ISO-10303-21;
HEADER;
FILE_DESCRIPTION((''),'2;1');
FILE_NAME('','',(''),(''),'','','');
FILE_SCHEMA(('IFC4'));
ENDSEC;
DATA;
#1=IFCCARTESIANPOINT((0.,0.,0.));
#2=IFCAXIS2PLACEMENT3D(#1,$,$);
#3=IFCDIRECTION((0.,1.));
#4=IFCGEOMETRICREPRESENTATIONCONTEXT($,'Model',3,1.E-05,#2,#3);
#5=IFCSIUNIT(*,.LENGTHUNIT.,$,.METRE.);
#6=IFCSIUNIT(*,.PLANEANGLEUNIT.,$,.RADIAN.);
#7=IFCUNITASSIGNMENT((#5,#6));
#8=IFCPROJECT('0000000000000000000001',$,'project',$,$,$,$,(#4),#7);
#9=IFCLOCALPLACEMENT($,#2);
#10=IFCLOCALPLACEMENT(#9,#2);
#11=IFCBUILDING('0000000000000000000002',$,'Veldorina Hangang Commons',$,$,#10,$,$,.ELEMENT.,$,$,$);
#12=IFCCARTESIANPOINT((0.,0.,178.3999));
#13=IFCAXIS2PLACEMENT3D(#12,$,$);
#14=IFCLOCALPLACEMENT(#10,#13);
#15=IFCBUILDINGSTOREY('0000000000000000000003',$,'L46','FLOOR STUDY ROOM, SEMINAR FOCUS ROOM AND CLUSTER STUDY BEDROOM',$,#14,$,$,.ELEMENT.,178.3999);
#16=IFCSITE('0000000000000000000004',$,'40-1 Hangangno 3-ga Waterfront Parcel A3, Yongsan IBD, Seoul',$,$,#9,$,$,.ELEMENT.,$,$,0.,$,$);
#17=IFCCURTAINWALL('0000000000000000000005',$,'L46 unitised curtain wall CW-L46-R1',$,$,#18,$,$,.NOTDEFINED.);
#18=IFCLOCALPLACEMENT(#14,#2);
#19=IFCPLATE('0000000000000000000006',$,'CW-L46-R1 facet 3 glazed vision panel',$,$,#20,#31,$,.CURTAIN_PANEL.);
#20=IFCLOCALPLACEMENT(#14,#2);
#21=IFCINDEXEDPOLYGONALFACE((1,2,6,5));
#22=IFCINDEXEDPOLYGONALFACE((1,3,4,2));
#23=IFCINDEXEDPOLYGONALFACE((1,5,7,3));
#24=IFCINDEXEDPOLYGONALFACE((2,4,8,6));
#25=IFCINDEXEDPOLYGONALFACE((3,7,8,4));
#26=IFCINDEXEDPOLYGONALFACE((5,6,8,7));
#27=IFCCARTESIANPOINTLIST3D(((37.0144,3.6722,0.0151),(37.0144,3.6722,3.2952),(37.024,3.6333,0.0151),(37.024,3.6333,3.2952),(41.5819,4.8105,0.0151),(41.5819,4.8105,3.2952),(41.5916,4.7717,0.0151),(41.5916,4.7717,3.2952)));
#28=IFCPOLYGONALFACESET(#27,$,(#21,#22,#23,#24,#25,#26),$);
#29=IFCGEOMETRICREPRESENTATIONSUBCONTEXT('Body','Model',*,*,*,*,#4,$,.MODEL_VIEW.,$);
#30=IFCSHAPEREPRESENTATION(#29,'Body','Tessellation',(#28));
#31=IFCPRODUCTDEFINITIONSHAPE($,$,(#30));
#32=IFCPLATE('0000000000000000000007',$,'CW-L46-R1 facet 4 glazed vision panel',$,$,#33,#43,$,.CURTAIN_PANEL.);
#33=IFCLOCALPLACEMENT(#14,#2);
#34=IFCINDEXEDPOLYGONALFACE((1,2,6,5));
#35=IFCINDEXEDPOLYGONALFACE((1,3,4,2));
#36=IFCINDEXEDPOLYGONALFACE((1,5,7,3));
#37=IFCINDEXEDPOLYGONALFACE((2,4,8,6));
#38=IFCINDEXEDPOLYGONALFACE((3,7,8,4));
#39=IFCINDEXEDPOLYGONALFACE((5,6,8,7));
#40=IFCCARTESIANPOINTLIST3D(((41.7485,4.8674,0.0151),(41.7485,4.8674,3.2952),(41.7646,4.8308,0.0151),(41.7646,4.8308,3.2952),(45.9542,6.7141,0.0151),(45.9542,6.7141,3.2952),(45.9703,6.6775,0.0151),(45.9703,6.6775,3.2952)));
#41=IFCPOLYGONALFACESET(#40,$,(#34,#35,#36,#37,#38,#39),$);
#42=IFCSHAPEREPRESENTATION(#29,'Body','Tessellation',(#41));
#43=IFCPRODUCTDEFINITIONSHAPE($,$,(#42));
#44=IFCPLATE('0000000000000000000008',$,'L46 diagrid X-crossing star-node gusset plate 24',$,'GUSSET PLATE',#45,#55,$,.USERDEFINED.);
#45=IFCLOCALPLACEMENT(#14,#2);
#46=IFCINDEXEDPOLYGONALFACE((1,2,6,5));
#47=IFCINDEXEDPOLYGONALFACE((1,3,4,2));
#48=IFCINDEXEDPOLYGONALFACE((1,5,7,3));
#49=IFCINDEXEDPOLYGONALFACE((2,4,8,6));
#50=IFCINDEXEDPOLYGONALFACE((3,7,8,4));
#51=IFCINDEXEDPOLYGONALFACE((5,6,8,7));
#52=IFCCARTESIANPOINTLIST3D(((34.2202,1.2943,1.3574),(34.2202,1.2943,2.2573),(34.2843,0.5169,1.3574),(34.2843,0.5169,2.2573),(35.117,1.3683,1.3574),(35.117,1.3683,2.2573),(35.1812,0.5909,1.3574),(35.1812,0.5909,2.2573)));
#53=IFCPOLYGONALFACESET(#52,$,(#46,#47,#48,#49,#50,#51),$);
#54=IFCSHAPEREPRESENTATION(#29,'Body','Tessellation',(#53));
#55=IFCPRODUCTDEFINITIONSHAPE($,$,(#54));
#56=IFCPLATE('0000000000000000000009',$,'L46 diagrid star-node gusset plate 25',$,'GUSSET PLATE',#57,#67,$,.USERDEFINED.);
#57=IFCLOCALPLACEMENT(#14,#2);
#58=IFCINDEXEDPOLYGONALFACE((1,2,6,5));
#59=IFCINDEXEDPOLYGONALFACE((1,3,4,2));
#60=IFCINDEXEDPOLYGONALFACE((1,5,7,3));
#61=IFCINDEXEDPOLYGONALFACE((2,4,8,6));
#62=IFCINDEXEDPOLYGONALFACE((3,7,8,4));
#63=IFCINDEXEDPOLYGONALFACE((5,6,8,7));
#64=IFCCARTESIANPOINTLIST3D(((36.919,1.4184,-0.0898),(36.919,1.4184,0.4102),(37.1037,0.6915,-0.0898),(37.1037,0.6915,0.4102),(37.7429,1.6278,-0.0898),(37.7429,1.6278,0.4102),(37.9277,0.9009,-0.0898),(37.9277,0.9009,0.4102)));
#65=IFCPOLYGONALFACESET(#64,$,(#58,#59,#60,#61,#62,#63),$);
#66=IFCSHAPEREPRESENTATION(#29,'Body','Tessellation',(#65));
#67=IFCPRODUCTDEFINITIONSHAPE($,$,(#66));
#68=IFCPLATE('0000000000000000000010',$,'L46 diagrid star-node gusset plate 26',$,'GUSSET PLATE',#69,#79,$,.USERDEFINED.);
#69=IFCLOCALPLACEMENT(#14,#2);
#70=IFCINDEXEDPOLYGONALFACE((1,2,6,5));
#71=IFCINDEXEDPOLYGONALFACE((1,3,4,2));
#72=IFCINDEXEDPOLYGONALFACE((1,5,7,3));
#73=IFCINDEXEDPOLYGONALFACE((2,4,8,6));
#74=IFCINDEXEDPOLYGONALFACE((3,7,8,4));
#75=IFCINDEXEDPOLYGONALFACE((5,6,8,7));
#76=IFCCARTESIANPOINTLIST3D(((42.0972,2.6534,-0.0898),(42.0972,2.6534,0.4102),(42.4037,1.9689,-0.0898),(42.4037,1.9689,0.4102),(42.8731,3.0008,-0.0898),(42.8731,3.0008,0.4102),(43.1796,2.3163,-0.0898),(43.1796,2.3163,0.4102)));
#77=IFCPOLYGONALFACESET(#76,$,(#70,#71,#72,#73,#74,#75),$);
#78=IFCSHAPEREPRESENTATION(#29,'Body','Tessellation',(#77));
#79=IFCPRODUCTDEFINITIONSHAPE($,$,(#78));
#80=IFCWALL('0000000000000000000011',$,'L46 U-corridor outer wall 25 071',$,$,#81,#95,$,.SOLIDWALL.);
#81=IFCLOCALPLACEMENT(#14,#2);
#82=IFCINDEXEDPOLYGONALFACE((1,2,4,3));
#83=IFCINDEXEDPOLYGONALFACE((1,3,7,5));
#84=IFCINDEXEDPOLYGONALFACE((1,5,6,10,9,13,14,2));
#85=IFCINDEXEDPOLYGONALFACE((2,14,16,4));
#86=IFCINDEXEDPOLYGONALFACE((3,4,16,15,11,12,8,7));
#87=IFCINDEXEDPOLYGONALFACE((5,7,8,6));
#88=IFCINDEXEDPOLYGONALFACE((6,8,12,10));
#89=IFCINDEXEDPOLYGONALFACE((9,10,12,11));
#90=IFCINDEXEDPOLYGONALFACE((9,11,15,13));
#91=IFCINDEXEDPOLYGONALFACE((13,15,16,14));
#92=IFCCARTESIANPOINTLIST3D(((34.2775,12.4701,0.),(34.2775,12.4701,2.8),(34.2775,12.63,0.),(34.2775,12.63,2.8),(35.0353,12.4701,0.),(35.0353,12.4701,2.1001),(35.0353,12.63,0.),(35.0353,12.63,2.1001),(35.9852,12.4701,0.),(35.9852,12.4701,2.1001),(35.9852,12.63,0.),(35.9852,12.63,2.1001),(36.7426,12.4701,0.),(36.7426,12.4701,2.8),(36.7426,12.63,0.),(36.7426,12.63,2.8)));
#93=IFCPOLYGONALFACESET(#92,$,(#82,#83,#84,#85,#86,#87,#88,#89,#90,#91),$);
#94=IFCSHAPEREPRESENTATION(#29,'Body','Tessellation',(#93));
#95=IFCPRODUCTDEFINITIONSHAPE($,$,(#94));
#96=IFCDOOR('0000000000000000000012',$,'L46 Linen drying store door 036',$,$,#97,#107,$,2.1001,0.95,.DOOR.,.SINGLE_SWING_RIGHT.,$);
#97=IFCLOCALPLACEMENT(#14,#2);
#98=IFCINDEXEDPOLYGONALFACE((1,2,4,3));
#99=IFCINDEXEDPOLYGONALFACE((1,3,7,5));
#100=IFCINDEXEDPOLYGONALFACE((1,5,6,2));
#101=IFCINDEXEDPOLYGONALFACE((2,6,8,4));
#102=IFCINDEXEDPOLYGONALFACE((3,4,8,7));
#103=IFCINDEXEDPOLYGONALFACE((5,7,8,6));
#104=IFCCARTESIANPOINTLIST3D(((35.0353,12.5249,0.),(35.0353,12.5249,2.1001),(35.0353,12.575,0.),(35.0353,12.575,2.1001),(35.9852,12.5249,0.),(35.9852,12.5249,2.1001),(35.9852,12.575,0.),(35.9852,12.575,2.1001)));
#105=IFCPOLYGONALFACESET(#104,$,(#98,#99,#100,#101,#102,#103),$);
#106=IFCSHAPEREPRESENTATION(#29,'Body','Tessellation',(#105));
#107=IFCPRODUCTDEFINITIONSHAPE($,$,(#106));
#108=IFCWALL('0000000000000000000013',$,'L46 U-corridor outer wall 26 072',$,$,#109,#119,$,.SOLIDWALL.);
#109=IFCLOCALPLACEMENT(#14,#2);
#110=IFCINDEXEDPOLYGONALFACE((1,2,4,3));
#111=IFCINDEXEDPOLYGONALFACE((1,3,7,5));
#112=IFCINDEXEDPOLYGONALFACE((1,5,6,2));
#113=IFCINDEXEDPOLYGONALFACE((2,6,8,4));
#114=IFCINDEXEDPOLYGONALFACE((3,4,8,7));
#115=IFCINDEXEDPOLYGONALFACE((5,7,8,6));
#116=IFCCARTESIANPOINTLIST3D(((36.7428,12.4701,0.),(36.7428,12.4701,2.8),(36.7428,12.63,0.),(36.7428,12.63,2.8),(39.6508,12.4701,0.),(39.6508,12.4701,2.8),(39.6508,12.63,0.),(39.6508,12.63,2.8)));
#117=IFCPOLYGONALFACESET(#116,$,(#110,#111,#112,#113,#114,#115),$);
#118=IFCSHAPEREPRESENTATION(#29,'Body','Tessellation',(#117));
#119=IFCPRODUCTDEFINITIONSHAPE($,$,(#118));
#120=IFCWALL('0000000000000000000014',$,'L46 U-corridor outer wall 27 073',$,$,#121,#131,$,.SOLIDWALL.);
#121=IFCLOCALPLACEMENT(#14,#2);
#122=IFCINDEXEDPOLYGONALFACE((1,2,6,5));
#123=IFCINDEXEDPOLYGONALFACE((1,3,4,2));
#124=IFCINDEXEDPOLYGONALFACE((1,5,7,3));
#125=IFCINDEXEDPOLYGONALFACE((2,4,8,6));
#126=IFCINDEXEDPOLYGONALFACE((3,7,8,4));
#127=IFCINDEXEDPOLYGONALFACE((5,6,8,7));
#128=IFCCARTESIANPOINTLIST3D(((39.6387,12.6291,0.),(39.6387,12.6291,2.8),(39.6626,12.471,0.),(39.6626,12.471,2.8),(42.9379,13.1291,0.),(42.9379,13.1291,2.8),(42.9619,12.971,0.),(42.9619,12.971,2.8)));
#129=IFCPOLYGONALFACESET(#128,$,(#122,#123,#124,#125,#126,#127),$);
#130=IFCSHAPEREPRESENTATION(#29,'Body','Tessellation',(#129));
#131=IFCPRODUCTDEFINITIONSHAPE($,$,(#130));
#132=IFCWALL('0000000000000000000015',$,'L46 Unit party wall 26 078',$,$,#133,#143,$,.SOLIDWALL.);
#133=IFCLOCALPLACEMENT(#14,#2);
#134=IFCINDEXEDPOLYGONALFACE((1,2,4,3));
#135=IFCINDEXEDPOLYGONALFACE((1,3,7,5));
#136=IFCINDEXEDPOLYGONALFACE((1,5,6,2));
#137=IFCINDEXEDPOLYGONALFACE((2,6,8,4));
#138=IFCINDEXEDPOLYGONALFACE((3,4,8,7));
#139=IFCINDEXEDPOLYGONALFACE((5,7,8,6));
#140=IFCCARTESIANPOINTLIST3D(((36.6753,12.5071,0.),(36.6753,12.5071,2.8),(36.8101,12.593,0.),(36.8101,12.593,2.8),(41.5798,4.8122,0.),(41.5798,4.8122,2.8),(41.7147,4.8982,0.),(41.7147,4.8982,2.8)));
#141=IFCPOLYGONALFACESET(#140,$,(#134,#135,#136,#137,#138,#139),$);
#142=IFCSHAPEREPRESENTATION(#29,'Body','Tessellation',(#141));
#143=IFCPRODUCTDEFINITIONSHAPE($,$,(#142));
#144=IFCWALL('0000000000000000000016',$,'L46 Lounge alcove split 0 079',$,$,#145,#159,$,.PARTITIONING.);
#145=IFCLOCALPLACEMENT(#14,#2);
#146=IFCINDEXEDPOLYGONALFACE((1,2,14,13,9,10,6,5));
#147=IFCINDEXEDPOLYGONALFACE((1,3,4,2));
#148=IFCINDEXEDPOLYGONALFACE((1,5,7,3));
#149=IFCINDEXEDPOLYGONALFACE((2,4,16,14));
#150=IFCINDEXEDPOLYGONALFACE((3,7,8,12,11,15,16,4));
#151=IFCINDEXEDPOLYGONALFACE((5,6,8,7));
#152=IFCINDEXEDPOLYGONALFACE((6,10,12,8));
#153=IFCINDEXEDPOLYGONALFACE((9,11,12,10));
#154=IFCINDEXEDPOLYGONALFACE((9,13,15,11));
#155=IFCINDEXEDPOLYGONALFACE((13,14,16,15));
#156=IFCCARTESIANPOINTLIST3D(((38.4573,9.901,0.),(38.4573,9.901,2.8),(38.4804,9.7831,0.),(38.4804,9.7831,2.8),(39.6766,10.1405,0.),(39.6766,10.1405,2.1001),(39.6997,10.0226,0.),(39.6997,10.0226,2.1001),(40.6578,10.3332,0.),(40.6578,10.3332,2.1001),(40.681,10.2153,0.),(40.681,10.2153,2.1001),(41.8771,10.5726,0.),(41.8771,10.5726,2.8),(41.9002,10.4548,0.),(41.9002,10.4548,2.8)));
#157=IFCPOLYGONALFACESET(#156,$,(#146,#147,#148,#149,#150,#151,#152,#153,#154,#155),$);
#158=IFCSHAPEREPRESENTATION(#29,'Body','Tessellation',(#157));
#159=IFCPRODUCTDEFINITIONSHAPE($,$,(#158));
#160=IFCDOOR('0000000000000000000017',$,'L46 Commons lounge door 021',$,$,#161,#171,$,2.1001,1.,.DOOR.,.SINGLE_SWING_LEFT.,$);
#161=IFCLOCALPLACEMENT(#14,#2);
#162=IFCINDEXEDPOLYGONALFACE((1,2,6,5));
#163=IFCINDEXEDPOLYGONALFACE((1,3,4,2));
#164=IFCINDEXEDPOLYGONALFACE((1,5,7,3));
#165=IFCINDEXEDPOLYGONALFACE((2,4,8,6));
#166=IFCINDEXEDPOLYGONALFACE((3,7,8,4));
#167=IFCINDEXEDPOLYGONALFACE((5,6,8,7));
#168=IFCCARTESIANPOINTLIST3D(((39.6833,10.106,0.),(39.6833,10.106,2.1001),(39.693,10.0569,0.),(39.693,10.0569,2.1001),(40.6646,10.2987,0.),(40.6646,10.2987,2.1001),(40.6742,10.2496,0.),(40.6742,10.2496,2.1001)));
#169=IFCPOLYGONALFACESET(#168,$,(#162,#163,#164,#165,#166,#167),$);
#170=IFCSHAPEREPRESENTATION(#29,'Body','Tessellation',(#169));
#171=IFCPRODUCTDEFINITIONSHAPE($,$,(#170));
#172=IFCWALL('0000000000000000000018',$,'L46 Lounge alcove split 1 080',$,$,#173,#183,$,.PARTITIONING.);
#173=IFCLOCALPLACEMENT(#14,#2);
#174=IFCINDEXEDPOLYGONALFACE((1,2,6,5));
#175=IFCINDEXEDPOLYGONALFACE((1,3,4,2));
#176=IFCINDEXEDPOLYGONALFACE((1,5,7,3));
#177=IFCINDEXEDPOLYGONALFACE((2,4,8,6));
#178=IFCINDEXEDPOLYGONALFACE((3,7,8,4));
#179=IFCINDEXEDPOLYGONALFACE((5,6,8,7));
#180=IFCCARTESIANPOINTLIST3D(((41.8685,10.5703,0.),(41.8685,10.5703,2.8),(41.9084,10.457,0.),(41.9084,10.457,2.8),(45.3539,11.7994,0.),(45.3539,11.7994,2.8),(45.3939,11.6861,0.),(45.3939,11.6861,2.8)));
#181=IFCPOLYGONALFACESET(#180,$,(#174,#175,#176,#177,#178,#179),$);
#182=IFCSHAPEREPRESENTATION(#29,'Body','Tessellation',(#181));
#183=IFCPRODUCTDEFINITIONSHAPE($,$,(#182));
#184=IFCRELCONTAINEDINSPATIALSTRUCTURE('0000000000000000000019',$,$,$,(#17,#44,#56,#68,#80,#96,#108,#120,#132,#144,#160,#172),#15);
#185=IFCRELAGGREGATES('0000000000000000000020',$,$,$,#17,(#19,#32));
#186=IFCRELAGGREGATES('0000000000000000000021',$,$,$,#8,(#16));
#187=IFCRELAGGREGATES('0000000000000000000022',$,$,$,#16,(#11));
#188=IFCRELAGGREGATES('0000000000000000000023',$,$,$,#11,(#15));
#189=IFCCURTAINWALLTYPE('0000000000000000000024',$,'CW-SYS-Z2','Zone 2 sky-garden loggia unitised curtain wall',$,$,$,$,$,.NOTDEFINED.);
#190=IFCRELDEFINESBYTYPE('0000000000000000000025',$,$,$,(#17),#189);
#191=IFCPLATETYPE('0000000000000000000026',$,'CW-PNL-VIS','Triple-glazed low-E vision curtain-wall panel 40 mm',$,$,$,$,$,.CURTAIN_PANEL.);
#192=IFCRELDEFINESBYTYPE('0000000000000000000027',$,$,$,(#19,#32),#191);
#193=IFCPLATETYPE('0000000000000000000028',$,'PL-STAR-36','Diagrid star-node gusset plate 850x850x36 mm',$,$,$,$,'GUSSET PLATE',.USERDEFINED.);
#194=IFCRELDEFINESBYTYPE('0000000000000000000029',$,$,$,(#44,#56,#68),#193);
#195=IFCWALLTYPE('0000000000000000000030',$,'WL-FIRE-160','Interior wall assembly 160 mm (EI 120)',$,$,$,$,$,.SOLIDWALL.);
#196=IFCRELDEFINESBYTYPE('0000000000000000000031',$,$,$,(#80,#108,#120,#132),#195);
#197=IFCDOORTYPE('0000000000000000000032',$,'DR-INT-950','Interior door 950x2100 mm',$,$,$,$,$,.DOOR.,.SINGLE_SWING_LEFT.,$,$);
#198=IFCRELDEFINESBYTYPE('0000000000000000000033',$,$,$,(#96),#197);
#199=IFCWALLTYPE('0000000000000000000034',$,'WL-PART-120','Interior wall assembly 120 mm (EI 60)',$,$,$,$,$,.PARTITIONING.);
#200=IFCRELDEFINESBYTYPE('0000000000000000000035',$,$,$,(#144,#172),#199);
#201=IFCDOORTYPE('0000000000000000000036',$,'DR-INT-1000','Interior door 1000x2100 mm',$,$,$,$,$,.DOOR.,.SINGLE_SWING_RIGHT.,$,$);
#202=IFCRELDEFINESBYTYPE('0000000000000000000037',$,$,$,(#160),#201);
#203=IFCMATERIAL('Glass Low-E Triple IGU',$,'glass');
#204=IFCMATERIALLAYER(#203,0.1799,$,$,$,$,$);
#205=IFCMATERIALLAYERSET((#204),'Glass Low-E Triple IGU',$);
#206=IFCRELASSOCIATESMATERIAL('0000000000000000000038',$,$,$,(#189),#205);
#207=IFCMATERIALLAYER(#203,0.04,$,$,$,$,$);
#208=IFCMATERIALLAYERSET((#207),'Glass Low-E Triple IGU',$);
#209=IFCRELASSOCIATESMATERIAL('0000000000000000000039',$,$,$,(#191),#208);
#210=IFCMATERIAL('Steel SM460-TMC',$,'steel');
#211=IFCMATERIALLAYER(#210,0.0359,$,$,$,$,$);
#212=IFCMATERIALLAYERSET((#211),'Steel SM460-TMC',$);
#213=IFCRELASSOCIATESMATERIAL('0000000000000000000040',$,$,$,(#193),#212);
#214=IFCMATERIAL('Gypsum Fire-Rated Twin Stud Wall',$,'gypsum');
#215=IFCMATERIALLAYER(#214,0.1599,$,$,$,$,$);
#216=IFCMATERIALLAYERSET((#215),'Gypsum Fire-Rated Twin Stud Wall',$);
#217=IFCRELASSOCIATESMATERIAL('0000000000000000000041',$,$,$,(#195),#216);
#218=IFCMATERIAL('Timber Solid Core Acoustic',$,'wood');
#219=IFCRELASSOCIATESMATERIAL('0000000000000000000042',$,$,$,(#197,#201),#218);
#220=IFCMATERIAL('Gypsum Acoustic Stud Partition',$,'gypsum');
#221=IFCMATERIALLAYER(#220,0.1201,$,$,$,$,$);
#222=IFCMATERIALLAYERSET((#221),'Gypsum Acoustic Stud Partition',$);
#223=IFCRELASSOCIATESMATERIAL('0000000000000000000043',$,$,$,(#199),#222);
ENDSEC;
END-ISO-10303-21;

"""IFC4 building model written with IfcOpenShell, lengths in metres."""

from ifc_helpers import new_model, si_unit, direction, frame, frame_2d, origin, origin_2d, place, context, subcontext, project, spatial, rectangle, extrude, material, layer, layer_set, type_object, element, fill, aggregate, save


model = new_model("IFC4")

# Units and contexts
model_context = context("Model", 3, precision=1e-05, world=origin(), true_north=direction((0.0, 1.0)))
body_context = subcontext(model_context, "Body", "Model", "MODEL_VIEW")
ifc_project = project(units=[si_unit("LENGTHUNIT", "METRE"), si_unit("PLANEANGLEUNIT", "RADIAN")], contexts=[model_context])

# Site, building, storey
site_placement = place(None, origin())
site = spatial("IfcSite", under=ifc_project, at=site_placement, Name="40-1 Hangangno 3-ga Waterfront Parcel A3, Yongsan IBD, Seoul", CompositionType="ELEMENT", RefElevation=0.0)
building_placement = place(site_placement, origin())
building = spatial("IfcBuilding", under=site, at=building_placement, Name="Veldorina Hangang Commons", CompositionType="ELEMENT")
storey_placement = place(building_placement, frame((0.0, 0.0, 178.3999)))
storey = spatial("IfcBuildingStorey", under=building, at=storey_placement, Name="L46", Description="FLOOR STUDY ROOM, SEMINAR FOCUS ROOM AND CLUSTER STUDY BEDROOM", CompositionType="ELEMENT", Elevation=178.3999)

# Curtain wall
ifc_material_1 = material(Name="Glass Low-E Triple IGU", Category="glass")
ifc_layer_1 = layer(ifc_material_1, 0.1799)
ifc_layer_set_1 = layer_set([ifc_layer_1], Name="Glass Low-E Triple IGU")
curtain_wall_type = type_object("IfcCurtainWallType", Name="CW-SYS-Z2", Description="Zone 2 sky-garden loggia unitised curtain wall", PredefinedType="NOTDEFINED", material=ifc_layer_set_1)
curtain_wall_placement = place(storey_placement, origin())
curtain_wall = element("IfcCurtainWall", 1, at=curtain_wall_placement, inside=storey, type_object=curtain_wall_type, Name="L46 unitised curtain wall CW-L46-R1", PredefinedType="NOTDEFINED")

# Plates
ifc_layer_2 = layer(ifc_material_1, 0.04)
ifc_layer_set_2 = layer_set([ifc_layer_2], Name="Glass Low-E Triple IGU")
plate_type_1 = type_object("IfcPlateType", Name="CW-PNL-VIS", Description="Triple-glazed low-E vision curtain-wall panel 40 mm", PredefinedType="CURTAIN_PANEL", material=ifc_layer_set_2)
plate_1_placement = place(storey_placement, frame((39.303, 4.2219, 0.0151), z_axis=(0.0, 0.0, 1.0), x_axis=(0.970317, 0.241837, 0.0)))
plate_1 = element("IfcPlate", 2, at=plate_1_placement, type_object=plate_type_1, Name="CW-L46-R1 facet 3 glazed vision panel", PredefinedType="CURTAIN_PANEL", context=body_context, shape_type="SweptSolid", body=[
    extrude(rectangle(XDim=4.7073, YDim=0.04, at=origin_2d()), origin(), (0.0, 0.0, 1.0), 3.28),
])
plate_2_placement = place(storey_placement, frame((43.8594, 5.7725, 0.0151), z_axis=(0.0, 0.0, 1.0), x_axis=(0.91562, 0.402044, 0.0)))
plate_2 = element("IfcPlate", 3, at=plate_2_placement, type_object=plate_type_1, Name="CW-L46-R1 facet 4 glazed vision panel", PredefinedType="CURTAIN_PANEL", context=body_context, shape_type="SweptSolid", body=[
    extrude(rectangle(XDim=4.5933, YDim=0.04, at=origin_2d()), origin(), (0.0, 0.0, 1.0), 3.28),
])
aggregate(curtain_wall, [plate_1, plate_2])

# Plates
ifc_material_2 = material(Name="Steel SM460-TMC", Category="steel")
ifc_layer_3 = layer(ifc_material_2, 0.0359)
ifc_layer_set_3 = layer_set([ifc_layer_3], Name="Steel SM460-TMC")
plate_type_2 = type_object("IfcPlateType", Name="PL-STAR-36", Description="Diagrid star-node gusset plate 850x850x36 mm", ElementType="GUSSET PLATE", PredefinedType="USERDEFINED", material=ifc_layer_set_3)
plate_3_placement = place(storey_placement, frame((34.7007, 0.9426, 1.3574), z_axis=(0.0, 0.0, 1.0), x_axis=(0.996613, 0.082234, 0.0)))
element("IfcPlate", 4, at=plate_3_placement, inside=storey, type_object=plate_type_2, Name="L46 diagrid X-crossing star-node gusset plate 24", ObjectType="GUSSET PLATE", PredefinedType="USERDEFINED", context=body_context, shape_type="SweptSolid", body=[
    extrude(rectangle(XDim=0.8999, YDim=0.78, at=origin_2d()), origin(), (0.0, 0.0, 1.0), 0.8999),
])
for number, where, z_axis, x_axis, name in (
    (5, (37.4233, 1.1597, -0.0898), (0.0, 0.0, 1.0), (0.969197, 0.246289, 0.0), "L46 diagrid star-node gusset plate 25"),
    (6, (42.6384, 2.4849, -0.0898), (0.0, 0.0, 1.0), (0.912684, 0.408665, 0.0), "L46 diagrid star-node gusset plate 26"),
):
    element("IfcPlate", number, at=place(storey_placement, frame(where, z_axis=z_axis, x_axis=x_axis)), inside=storey, type_object=plate_type_2, Name=name, ObjectType="GUSSET PLATE", PredefinedType="USERDEFINED", context=body_context, shape_type="SweptSolid", body=[
        extrude(rectangle(XDim=0.8501, YDim=0.75, at=origin_2d()), origin(), (0.0, 0.0, 1.0), 0.5),
    ])

# Wall, opening, door
ifc_material_3 = material(Name="Gypsum Fire-Rated Twin Stud Wall", Category="gypsum")
ifc_layer_4 = layer(ifc_material_3, 0.1599)
ifc_layer_set_4 = layer_set([ifc_layer_4], Name="Gypsum Fire-Rated Twin Stud Wall")
wall_type_1 = type_object("IfcWallType", Name="WL-FIRE-160", Description="Interior wall assembly 160 mm (EI 120)", PredefinedType="SOLIDWALL", material=ifc_layer_set_4)
wall_1_placement = place(storey_placement, frame((34.2776, 12.55, 0.0), z_axis=(0.0, 0.0, 1.0), x_axis=(1.0, 0.0, 0.0)))
wall_1 = element("IfcWall", 7, at=wall_1_placement, inside=storey, type_object=wall_type_1, Name="L46 U-corridor outer wall 25 071", PredefinedType="SOLIDWALL", context=body_context, shape_type="SweptSolid", body=[
    extrude(rectangle(XDim=2.4651, YDim=0.1599, at=frame_2d((1.2324, 0.0))), origin(), (0.0, 0.0, 1.0), 2.8),
])
opening_1_placement = place(wall_1_placement, frame((0.7576, 0.0, 0.0)))
opening_1 = element("IfcOpeningElement", 8, at=opening_1_placement, cuts=wall_1, PredefinedType="OPENING", context=body_context, shape_type="SweptSolid", body=[
    extrude(rectangle(XDim=0.95, YDim=2.1001, at=frame_2d((0.4751, 1.05))), frame((0.0, 0.0898, 0.0), z_axis=(0.0, -1.0, 0.0), x_axis=(1.0, 0.0, 0.0)), (0.0, 0.0, 1.0), 0.1799),
])
ifc_material_4 = material(Name="Timber Solid Core Acoustic", Category="wood")
door_type_1 = type_object("IfcDoorType", Name="DR-INT-950", Description="Interior door 950x2100 mm", OperationType="SINGLE_SWING_LEFT", PredefinedType="DOOR", material=ifc_material_4)
door_1_placement = place(opening_1_placement, origin())
door_1 = element("IfcDoor", 9, at=door_1_placement, inside=storey, type_object=door_type_1, Name="L46 Linen drying store door 036", OperationType="SINGLE_SWING_RIGHT", OverallHeight=2.1001, OverallWidth=0.95, PredefinedType="DOOR", context=body_context, shape_type="SweptSolid", body=[
    extrude(rectangle(XDim=0.95, YDim=2.1001, at=frame_2d((0.4751, 1.05))), frame((0.0, 0.0249, 0.0), z_axis=(0.0, -1.0, 0.0), x_axis=(1.0, 0.0, 0.0)), (0.0, 0.0, 1.0), 0.05),
])
fill(opening_1, door_1)

# Walls
wall_2_placement = place(storey_placement, frame((36.7427, 12.55, 0.0), z_axis=(0.0, 0.0, 1.0), x_axis=(1.0, 0.0, 0.0)))
element("IfcWall", 10, at=wall_2_placement, inside=storey, type_object=wall_type_1, Name="L46 U-corridor outer wall 26 072", PredefinedType="SOLIDWALL", context=body_context, shape_type="SweptSolid", body=[
    extrude(rectangle(XDim=2.908, YDim=0.1599, at=frame_2d((1.4541, 0.0))), origin(), (0.0, 0.0, 1.0), 2.8),
])
wall_3_placement = place(storey_placement, frame((39.6506, 12.55, 0.0), z_axis=(0.0, 0.0, 1.0), x_axis=(0.988711, 0.149836, 0.0)))
element("IfcWall", 11, at=wall_3_placement, inside=storey, type_object=wall_type_1, Name="L46 U-corridor outer wall 27 073", PredefinedType="SOLIDWALL", context=body_context, shape_type="SweptSolid", body=[
    extrude(rectangle(XDim=3.3369, YDim=0.1599, at=frame_2d((1.6685, 0.0))), origin(), (0.0, 0.0, 1.0), 2.8),
])
wall_4_placement = place(storey_placement, frame((36.7427, 12.55, 0.0), z_axis=(0.0, 0.0, 1.0), x_axis=(0.537486, -0.843272, 0.0)))
element("IfcWall", 12, at=wall_4_placement, inside=storey, type_object=wall_type_1, Name="L46 Unit party wall 26 078", PredefinedType="SOLIDWALL", context=body_context, shape_type="SweptSolid", body=[
    extrude(rectangle(XDim=9.125, YDim=0.1599, at=frame_2d((4.5625, 0.0))), origin(), (0.0, 0.0, 1.0), 2.8),
])

# Wall, opening, door
ifc_material_5 = material(Name="Gypsum Acoustic Stud Partition", Category="gypsum")
ifc_layer_5 = layer(ifc_material_5, 0.1201)
ifc_layer_set_5 = layer_set([ifc_layer_5], Name="Gypsum Acoustic Stud Partition")
wall_type_2 = type_object("IfcWallType", Name="WL-PART-120", Description="Interior wall assembly 120 mm (EI 60)", PredefinedType="PARTITIONING", material=ifc_layer_set_5)
wall_5_placement = place(storey_placement, frame((38.4688, 9.842, 0.0), z_axis=(0.0, 0.0, 1.0), x_axis=(0.981254, 0.19272, 0.0)))
wall_5 = element("IfcWall", 13, at=wall_5_placement, inside=storey, type_object=wall_type_2, Name="L46 Lounge alcove split 0 079", PredefinedType="PARTITIONING", context=body_context, shape_type="SweptSolid", body=[
    extrude(rectangle(XDim=3.4851, YDim=0.1201, at=frame_2d((1.7427, 0.0))), origin(), (0.0, 0.0, 1.0), 2.8),
])
opening_2_placement = place(wall_5_placement, frame((1.2427, 0.0, 0.0)))
opening_2 = element("IfcOpeningElement", 14, at=opening_2_placement, cuts=wall_5, PredefinedType="OPENING", context=body_context, shape_type="SweptSolid", body=[
    extrude(rectangle(XDim=1.0, YDim=2.1001, at=frame_2d((0.5, 1.05))), frame((0.0, 0.0701, 0.0), z_axis=(0.0, -1.0, 0.0), x_axis=(1.0, 0.0, 0.0)), (0.0, 0.0, 1.0), 0.1401),
])
door_type_2 = type_object("IfcDoorType", Name="DR-INT-1000", Description="Interior door 1000x2100 mm", OperationType="SINGLE_SWING_RIGHT", PredefinedType="DOOR", material=ifc_material_4)
door_2_placement = place(opening_2_placement, origin())
door_2 = element("IfcDoor", 15, at=door_2_placement, inside=storey, type_object=door_type_2, Name="L46 Commons lounge door 021", OperationType="SINGLE_SWING_LEFT", OverallHeight=2.1001, OverallWidth=1.0, PredefinedType="DOOR", context=body_context, shape_type="SweptSolid", body=[
    extrude(rectangle(XDim=1.0, YDim=2.1001, at=frame_2d((0.5, 1.05))), frame((0.0, 0.0249, 0.0), z_axis=(0.0, -1.0, 0.0), x_axis=(1.0, 0.0, 0.0)), (0.0, 0.0, 1.0), 0.05),
])
fill(opening_2, door_2)

# Wall
wall_6_placement = place(storey_placement, frame((41.8884, 10.5137, 0.0), z_axis=(0.0, 0.0, 1.0), x_axis=(0.943085, 0.332551, 0.0)))
element("IfcWall", 16, at=wall_6_placement, inside=storey, type_object=wall_type_2, Name="L46 Lounge alcove split 1 080", PredefinedType="PARTITIONING", context=body_context, shape_type="SweptSolid", body=[
    extrude(rectangle(XDim=3.6958, YDim=0.1201, at=frame_2d((1.8479, 0.0))), origin(), (0.0, 0.0, 1.0), 2.8),
])

save(model, "model.ifc")
